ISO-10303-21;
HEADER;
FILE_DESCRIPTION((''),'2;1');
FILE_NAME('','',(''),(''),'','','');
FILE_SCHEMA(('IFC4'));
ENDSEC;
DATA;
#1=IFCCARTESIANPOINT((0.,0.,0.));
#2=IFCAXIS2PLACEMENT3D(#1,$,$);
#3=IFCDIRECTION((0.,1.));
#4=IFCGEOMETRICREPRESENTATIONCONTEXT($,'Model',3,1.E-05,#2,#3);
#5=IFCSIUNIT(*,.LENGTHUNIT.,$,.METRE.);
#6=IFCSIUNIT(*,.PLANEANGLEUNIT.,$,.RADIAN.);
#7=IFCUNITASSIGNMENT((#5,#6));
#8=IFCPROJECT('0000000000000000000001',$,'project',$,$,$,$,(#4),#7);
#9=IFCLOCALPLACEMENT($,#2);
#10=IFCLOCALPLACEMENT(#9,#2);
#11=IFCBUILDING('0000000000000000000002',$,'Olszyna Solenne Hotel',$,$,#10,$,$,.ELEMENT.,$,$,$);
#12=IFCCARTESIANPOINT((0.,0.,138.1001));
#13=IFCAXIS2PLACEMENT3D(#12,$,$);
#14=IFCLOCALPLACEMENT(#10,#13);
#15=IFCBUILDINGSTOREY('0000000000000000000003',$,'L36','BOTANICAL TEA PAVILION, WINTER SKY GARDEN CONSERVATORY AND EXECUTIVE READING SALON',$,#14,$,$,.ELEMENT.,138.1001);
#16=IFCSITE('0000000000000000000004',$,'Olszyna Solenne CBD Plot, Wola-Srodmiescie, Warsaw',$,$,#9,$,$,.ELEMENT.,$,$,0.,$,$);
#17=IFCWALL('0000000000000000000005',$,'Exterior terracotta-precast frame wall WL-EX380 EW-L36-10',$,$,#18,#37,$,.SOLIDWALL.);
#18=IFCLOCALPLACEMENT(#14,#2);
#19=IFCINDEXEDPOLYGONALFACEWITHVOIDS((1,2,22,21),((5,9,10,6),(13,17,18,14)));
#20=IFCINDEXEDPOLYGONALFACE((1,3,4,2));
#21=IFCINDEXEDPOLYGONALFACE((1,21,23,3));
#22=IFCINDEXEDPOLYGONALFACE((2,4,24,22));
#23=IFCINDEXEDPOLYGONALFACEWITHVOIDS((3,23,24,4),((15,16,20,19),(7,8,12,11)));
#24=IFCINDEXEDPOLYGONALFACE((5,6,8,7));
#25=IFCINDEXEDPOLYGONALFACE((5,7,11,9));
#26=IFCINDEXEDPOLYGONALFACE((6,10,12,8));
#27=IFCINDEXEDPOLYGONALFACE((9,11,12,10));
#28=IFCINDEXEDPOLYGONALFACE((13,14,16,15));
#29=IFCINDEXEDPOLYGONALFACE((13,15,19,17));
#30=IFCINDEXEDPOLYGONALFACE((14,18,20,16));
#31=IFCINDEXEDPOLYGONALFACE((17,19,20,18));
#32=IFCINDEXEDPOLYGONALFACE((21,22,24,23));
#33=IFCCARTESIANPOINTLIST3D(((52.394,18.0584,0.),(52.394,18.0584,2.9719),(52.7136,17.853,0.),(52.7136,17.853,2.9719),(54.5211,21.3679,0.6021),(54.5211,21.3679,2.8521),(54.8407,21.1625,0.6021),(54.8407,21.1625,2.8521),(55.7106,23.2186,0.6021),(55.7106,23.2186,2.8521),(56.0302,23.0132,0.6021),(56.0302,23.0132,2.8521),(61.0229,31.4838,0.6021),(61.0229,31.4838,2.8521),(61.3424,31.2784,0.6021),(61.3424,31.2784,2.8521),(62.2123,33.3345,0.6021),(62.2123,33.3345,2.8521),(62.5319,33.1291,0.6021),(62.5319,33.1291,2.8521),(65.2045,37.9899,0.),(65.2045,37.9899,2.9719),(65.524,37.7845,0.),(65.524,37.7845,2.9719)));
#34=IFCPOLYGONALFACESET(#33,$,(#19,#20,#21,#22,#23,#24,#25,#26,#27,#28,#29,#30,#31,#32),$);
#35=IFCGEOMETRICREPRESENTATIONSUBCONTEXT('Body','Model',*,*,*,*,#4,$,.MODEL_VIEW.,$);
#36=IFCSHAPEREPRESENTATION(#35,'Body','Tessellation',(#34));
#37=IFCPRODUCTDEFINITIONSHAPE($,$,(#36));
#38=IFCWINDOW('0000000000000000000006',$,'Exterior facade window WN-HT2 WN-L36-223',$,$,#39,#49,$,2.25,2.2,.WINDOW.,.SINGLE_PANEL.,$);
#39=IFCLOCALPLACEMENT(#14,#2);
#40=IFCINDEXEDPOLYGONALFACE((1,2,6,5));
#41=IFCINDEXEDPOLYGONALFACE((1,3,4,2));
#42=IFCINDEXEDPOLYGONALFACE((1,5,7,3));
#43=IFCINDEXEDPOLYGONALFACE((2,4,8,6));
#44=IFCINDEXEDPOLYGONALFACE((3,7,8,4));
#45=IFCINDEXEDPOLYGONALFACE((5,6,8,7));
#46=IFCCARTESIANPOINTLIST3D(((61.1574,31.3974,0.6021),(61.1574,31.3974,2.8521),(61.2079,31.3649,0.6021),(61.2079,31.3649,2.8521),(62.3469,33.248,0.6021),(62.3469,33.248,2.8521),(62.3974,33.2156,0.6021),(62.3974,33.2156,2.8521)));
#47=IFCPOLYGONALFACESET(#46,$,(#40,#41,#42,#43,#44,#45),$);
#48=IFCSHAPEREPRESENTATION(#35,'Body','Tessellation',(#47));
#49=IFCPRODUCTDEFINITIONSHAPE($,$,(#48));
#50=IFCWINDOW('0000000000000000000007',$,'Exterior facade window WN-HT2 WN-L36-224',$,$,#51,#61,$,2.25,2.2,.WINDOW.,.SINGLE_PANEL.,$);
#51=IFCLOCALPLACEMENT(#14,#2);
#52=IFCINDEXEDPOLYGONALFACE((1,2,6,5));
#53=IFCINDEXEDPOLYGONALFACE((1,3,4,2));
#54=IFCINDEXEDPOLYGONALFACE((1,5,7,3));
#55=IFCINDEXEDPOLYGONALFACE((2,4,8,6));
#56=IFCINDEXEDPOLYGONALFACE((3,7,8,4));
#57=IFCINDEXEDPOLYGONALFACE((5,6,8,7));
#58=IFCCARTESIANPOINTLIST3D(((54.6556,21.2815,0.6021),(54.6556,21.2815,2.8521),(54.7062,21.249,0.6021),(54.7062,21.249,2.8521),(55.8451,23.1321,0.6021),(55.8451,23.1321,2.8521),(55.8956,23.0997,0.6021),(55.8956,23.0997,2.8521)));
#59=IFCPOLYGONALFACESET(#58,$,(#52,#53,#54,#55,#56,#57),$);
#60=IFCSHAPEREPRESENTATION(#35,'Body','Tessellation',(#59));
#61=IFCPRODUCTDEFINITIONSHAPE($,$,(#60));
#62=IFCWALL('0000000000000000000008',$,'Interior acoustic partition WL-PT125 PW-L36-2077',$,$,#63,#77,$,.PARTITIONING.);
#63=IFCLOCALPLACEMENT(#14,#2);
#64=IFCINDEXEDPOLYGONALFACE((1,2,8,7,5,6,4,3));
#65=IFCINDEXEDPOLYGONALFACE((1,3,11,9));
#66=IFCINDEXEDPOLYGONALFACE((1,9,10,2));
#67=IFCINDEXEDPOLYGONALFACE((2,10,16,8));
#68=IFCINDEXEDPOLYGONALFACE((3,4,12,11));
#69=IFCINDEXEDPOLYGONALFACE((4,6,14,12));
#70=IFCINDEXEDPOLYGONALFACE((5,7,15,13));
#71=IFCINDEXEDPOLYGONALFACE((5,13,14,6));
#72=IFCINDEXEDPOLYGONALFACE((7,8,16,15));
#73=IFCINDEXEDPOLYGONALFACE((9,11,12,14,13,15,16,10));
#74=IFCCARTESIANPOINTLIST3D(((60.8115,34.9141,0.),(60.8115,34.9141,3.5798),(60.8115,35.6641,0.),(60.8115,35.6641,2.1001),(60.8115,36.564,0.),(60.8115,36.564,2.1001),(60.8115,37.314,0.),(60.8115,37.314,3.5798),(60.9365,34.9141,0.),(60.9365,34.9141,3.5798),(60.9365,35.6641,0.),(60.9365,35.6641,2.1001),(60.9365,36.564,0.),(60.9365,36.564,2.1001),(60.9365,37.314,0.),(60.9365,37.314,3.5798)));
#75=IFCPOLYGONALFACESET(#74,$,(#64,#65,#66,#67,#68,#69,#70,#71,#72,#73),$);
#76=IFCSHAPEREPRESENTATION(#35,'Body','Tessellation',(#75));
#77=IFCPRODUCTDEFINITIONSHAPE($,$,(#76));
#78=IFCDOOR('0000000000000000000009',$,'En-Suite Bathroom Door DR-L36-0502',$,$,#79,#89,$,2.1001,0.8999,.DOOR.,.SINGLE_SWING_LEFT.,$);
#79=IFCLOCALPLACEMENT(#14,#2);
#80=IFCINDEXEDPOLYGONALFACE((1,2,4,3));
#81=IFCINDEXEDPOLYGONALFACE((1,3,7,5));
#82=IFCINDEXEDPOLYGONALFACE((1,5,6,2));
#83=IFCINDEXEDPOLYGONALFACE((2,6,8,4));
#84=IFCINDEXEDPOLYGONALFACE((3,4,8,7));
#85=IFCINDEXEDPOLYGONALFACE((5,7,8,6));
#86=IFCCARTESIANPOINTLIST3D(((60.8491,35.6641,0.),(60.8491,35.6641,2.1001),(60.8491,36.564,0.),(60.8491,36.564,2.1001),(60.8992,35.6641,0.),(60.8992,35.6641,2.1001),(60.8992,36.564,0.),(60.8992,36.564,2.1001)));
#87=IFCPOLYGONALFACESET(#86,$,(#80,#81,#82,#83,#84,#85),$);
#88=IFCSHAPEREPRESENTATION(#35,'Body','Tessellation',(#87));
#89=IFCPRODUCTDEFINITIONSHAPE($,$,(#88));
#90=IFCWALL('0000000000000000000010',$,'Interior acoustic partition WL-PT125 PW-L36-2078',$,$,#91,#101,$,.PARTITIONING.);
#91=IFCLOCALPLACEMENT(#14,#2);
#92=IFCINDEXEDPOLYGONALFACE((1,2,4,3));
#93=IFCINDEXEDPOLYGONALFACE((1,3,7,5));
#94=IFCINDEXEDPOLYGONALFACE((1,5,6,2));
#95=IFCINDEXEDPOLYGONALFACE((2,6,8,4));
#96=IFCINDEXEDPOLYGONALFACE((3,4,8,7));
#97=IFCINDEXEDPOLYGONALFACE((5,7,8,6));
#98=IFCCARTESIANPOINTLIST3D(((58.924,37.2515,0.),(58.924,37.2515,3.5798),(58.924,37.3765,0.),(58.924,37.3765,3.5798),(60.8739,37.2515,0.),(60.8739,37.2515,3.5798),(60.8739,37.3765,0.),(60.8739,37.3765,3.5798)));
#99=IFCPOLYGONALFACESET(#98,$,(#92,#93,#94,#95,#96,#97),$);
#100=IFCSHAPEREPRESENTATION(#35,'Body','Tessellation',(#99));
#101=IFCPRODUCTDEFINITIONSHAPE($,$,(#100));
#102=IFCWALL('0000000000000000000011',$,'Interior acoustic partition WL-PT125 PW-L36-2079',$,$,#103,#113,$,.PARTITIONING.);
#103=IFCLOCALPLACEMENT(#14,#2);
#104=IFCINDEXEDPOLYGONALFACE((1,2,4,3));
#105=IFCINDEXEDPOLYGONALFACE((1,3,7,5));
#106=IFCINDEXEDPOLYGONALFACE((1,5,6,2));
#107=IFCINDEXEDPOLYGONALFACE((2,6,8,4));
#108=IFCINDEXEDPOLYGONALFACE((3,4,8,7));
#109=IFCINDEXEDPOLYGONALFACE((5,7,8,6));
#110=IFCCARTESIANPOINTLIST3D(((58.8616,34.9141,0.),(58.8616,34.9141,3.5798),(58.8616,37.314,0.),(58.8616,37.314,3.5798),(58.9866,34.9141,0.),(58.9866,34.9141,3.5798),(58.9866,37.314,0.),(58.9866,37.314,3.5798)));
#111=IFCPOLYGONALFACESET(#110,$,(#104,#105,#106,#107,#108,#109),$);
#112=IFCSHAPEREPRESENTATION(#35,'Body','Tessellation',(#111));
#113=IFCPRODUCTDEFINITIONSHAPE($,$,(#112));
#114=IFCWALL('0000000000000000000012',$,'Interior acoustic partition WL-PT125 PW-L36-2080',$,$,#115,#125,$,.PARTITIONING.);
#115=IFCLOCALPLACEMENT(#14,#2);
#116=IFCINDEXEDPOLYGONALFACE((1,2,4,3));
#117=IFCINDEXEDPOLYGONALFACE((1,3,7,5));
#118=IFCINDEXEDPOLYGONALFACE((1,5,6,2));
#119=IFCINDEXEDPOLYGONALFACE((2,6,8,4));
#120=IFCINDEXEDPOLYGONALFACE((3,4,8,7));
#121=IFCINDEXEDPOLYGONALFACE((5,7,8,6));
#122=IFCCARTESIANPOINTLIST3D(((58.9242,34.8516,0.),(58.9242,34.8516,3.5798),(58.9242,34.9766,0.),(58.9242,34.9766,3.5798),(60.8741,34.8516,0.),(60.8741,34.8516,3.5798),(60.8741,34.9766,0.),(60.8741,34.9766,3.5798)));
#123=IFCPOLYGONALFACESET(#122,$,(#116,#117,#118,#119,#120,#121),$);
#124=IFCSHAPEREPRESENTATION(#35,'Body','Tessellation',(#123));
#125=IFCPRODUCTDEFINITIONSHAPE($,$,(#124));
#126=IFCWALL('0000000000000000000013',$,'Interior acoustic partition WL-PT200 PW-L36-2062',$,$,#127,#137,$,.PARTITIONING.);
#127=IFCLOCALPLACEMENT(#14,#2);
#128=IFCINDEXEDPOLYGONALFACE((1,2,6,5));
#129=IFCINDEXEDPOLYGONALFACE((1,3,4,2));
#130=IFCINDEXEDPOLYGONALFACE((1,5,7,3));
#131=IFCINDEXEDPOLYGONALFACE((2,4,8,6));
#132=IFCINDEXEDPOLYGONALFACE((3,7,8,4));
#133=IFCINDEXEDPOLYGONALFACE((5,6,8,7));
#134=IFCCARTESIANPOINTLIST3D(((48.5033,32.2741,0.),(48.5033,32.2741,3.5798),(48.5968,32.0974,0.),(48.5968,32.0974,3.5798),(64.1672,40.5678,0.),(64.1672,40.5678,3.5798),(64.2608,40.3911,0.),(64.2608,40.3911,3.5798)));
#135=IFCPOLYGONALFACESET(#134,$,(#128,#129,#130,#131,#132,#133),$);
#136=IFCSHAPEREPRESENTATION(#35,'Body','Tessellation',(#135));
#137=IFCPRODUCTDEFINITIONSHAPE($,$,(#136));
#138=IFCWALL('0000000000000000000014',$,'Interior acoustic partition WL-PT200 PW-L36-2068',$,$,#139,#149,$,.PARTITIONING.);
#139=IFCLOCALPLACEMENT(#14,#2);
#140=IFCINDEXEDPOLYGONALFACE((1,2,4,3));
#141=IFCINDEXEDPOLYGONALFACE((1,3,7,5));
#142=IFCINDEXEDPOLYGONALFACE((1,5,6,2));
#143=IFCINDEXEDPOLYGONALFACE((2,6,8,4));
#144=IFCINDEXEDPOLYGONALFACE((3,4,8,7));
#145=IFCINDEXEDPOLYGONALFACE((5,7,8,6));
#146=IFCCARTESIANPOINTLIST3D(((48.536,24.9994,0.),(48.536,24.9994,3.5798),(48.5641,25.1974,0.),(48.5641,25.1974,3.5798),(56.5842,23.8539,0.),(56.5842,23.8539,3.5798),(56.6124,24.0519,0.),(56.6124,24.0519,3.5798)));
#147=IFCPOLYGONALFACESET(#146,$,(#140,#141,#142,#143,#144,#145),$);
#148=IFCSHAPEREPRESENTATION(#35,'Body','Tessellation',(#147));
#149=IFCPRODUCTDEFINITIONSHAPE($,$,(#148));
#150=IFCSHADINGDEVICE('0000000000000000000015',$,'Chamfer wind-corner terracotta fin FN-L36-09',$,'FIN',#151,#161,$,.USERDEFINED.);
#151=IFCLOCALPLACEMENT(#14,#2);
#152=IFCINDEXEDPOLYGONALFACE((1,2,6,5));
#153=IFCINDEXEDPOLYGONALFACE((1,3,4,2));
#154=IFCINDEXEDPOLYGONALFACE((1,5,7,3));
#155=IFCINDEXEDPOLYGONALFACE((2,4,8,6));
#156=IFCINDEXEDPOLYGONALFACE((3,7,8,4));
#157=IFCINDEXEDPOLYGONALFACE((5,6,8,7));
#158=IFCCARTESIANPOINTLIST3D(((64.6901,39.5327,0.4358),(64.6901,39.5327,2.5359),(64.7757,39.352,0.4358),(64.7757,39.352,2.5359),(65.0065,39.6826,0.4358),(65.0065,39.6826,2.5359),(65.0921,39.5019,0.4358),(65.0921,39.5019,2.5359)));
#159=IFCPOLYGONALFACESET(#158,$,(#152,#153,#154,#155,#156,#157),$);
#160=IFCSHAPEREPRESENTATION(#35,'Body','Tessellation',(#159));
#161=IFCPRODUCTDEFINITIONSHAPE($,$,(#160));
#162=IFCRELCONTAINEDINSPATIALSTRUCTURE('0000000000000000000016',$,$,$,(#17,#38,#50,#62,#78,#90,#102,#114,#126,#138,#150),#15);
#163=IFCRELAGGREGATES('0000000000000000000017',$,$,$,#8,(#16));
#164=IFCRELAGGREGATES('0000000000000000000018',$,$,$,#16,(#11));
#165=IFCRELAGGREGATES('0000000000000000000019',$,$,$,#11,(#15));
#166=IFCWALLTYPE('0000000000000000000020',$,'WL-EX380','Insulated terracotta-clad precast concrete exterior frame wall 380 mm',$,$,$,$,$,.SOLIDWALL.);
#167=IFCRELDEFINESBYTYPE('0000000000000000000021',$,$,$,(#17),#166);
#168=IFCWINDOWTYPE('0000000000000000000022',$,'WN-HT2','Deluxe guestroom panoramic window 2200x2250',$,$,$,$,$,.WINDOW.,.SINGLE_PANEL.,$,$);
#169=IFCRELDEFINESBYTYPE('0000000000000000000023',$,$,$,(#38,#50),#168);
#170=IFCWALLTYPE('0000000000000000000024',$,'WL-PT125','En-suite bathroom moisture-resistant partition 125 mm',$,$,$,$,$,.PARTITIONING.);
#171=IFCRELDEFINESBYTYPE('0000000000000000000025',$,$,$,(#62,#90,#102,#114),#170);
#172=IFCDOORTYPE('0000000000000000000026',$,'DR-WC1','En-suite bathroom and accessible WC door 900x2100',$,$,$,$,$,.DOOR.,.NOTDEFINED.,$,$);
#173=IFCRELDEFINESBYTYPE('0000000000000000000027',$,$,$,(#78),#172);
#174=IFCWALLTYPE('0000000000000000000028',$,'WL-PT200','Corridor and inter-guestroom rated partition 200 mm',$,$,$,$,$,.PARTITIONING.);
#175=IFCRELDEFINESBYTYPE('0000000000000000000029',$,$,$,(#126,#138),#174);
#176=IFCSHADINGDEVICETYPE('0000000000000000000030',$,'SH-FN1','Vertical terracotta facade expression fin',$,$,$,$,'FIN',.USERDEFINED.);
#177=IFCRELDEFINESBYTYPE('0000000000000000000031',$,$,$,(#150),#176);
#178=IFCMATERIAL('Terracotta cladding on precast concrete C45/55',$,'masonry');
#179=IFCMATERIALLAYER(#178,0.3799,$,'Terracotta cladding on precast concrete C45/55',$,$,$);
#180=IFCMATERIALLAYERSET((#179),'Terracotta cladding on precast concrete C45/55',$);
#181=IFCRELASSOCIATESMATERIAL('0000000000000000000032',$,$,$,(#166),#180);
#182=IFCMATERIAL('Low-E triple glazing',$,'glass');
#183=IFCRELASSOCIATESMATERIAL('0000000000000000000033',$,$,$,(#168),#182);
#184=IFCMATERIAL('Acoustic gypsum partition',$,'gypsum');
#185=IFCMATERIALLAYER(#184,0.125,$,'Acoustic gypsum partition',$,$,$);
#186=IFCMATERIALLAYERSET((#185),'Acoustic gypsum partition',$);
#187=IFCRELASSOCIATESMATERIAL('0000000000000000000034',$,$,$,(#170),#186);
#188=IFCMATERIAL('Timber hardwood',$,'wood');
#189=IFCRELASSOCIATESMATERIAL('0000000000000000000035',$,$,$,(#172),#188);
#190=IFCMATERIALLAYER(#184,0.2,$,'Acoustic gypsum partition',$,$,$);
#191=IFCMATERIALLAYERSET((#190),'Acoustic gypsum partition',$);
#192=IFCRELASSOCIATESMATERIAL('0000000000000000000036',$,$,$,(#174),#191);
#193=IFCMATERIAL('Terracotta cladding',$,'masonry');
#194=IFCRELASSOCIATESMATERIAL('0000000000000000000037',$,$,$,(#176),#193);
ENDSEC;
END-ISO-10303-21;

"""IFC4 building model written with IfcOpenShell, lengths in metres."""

from ifc_helpers import new_model, si_unit, direction, frame, frame_2d, origin, origin_2d, place, context, subcontext, project, spatial, rectangle, extrude, source, transform, mapped, material, layer, layer_set, type_object, type_shapes, element, fill, save


model = new_model("IFC4")

# Units and contexts
model_context = context("Model", 3, precision=1e-05, world=origin(), true_north=direction((0.0, 1.0)))
body_context = subcontext(model_context, "Body", "Model", "MODEL_VIEW")
ifc_project = project(units=[si_unit("LENGTHUNIT", "METRE"), si_unit("PLANEANGLEUNIT", "RADIAN")], contexts=[model_context])

# Site, building, storey
site_placement = place(None, origin())
site = spatial("IfcSite", under=ifc_project, at=site_placement, Name="Olszyna Solenne CBD Plot, Wola-Srodmiescie, Warsaw", CompositionType="ELEMENT", RefElevation=0.0)
building_placement = place(site_placement, origin())
building = spatial("IfcBuilding", under=site, at=building_placement, Name="Olszyna Solenne Hotel", CompositionType="ELEMENT")
storey_placement = place(building_placement, frame((0.0, 0.0, 138.1001)))
storey = spatial("IfcBuildingStorey", under=building, at=storey_placement, Name="L36", Description="BOTANICAL TEA PAVILION, WINTER SKY GARDEN CONSERVATORY AND EXECUTIVE READING SALON", CompositionType="ELEMENT", Elevation=138.1001)

# Shared definitions
ifc_material_1 = material(Name="Timber hardwood", Category="wood")

# Shared definitions
ifc_material_2 = material(Name="Terracotta cladding on precast concrete C45/55", Category="masonry")
ifc_layer_1 = layer(ifc_material_2, 0.3799, Name="Terracotta cladding on precast concrete C45/55")
ifc_layer_set_1 = layer_set([ifc_layer_1], Name="Terracotta cladding on precast concrete C45/55")
wall_type_1 = type_object("IfcWallType", Name="WL-EX380", Description="Insulated terracotta-clad precast concrete exterior frame wall 380 mm", PredefinedType="SOLIDWALL", material=ifc_layer_set_1)

# Wall, openings, windows
wall_1_placement = place(storey_placement, frame((65.3643, 37.8872, 0.0), z_axis=(0.0, 0.0, 1.0), x_axis=(-0.540678, -0.841229, 0.0)))
wall_1 = element("IfcWall", 1, at=wall_1_placement, inside=storey, type_object=wall_type_1, Name="Exterior terracotta-precast frame wall WL-EX380 EW-L36-10", PredefinedType="SOLIDWALL", context=body_context, shape_type="SweptSolid", body=[
    extrude(rectangle(XDim=23.6934, YDim=0.3799, at=frame_2d((11.8467, 0.0))), origin(), (0.0, 0.0, 1.0), 2.9719),
])
opening_1_placement = place(wall_1_placement, frame((5.5339, 0.0, 0.6021)))
opening_1 = element("IfcOpeningElement", 2, at=opening_1_placement, cuts=wall_1, PredefinedType="OPENING", context=body_context, shape_type="SweptSolid", body=[
    extrude(rectangle(XDim=2.2, YDim=2.25, at=frame_2d((1.1001, 1.125))), frame((0.0, 0.2, 0.0), z_axis=(0.0, -1.0, 0.0), x_axis=(1.0, 0.0, 0.0)), (0.0, 0.0, 1.0), 0.3999),
])
opening_2_placement = place(wall_1_placement, frame((17.5591, 0.0, 0.6021)))
opening_2 = element("IfcOpeningElement", 3, at=opening_2_placement, cuts=wall_1, PredefinedType="OPENING", context=body_context, shape_type="SweptSolid", body=[
    extrude(rectangle(XDim=2.2, YDim=2.25, at=frame_2d((1.1001, 1.125))), frame((0.0, 0.2, 0.0), z_axis=(0.0, -1.0, 0.0), x_axis=(1.0, 0.0, 0.0)), (0.0, 0.0, 1.0), 0.3999),
])
ifc_material_3 = material(Name="Low-E triple glazing", Category="glass")
window_type = type_object("IfcWindowType", Name="WN-HT2", Description="Deluxe guestroom panoramic window 2200x2250", PartitioningType="SINGLE_PANEL", PredefinedType="WINDOW", material=ifc_material_3)
shared_shape_1 = source(origin(), body_context, "Body", "SweptSolid", [
    extrude(rectangle(XDim=2.2, YDim=2.25, at=frame_2d((1.1001, 1.125))), frame((0.0, 0.03, 0.0), z_axis=(0.0, -1.0, 0.0), x_axis=(1.0, 0.0, 0.0)), (0.0, 0.0, 1.0), 0.0601),
])
type_shapes(window_type, [shared_shape_1])
window_1_placement = place(opening_1_placement, origin())
window_1 = element("IfcWindow", 4, at=window_1_placement, inside=storey, type_object=window_type, Name="Exterior facade window WN-HT2 WN-L36-223", OverallHeight=2.25, OverallWidth=2.2, PartitioningType="SINGLE_PANEL", PredefinedType="WINDOW", context=body_context, shape_type="MappedRepresentation", body=[
    mapped(shared_shape_1, transform((0.0, 0.0, 0.0), x_axis=(1.0, 0.0, 0.0), y_axis=(0.0, 1.0, 0.0), z_axis=(0.0, 0.0, 1.0), scale=1.0)),
])
fill(opening_1, window_1)
window_2_placement = place(opening_2_placement, origin())
window_2 = element("IfcWindow", 5, at=window_2_placement, inside=storey, type_object=window_type, Name="Exterior facade window WN-HT2 WN-L36-224", OverallHeight=2.25, OverallWidth=2.2, PartitioningType="SINGLE_PANEL", PredefinedType="WINDOW", context=body_context, shape_type="MappedRepresentation", body=[
    mapped(shared_shape_1, transform((0.0, 0.0, 0.0), x_axis=(1.0, 0.0, 0.0), y_axis=(0.0, 1.0, 0.0), z_axis=(0.0, 0.0, 1.0), scale=1.0)),
])
fill(opening_2, window_2)

# Wall, opening, door
ifc_material_4 = material(Name="Acoustic gypsum partition", Category="gypsum")
ifc_layer_2 = layer(ifc_material_4, 0.125, Name="Acoustic gypsum partition")
ifc_layer_set_2 = layer_set([ifc_layer_2], Name="Acoustic gypsum partition")
wall_type_2 = type_object("IfcWallType", Name="WL-PT125", Description="En-suite bathroom moisture-resistant partition 125 mm", PredefinedType="PARTITIONING", material=ifc_layer_set_2)
wall_2_placement = place(storey_placement, frame((60.874, 34.9141, 0.0), z_axis=(0.0, 0.0, 1.0), x_axis=(0.0, 1.0, 0.0)))
wall_2 = element("IfcWall", 6, at=wall_2_placement, inside=storey, type_object=wall_type_2, Name="Interior acoustic partition WL-PT125 PW-L36-2077", PredefinedType="PARTITIONING", context=body_context, shape_type="SweptSolid", body=[
    extrude(rectangle(XDim=2.3999, YDim=0.125, at=frame_2d((1.2, 0.0))), origin(), (0.0, 0.0, 1.0), 3.5798),
])
opening_3_placement = place(wall_2_placement, frame((0.75, 0.0, 0.0)))
opening_3 = element("IfcOpeningElement", 7, at=opening_3_placement, cuts=wall_2, PredefinedType="OPENING", context=body_context, shape_type="SweptSolid", body=[
    extrude(rectangle(XDim=0.8999, YDim=2.1001, at=frame_2d((0.45, 1.05))), frame((0.0, 0.0725, 0.0), z_axis=(0.0, -1.0, 0.0), x_axis=(1.0, 0.0, 0.0)), (0.0, 0.0, 1.0), 0.145),
])
door_type_1 = type_object("IfcDoorType", Name="DR-WC1", Description="En-suite bathroom and accessible WC door 900x2100", OperationType="NOTDEFINED", PredefinedType="DOOR", material=ifc_material_1)
shared_shape_2 = source(origin(), body_context, "Body", "SweptSolid", [
    extrude(rectangle(XDim=0.8999, YDim=2.1001, at=frame_2d((0.45, 1.05))), frame((0.0, 0.0249, 0.0), z_axis=(0.0, -1.0, 0.0), x_axis=(1.0, 0.0, 0.0)), (0.0, 0.0, 1.0), 0.05),
])
type_shapes(door_type_1, [shared_shape_2])
door_1_placement = place(opening_3_placement, origin())
door_1 = element("IfcDoor", 8, at=door_1_placement, inside=storey, type_object=door_type_1, Name="En-Suite Bathroom Door DR-L36-0502", OperationType="SINGLE_SWING_LEFT", OverallHeight=2.1001, OverallWidth=0.8999, PredefinedType="DOOR", context=body_context, shape_type="MappedRepresentation", body=[
    mapped(shared_shape_2, transform((0.0, 0.0, 0.0), x_axis=(1.0, 0.0, 0.0), y_axis=(0.0, 1.0, 0.0), z_axis=(0.0, 0.0, 1.0), scale=1.0)),
])
fill(opening_3, door_1)

# Walls
wall_3_placement = place(storey_placement, frame((60.874, 37.314, 0.0), z_axis=(0.0, 0.0, 1.0), x_axis=(-1.0, 0.0, 0.0)))
element("IfcWall", 9, at=wall_3_placement, inside=storey, type_object=wall_type_2, Name="Interior acoustic partition WL-PT125 PW-L36-2078", PredefinedType="PARTITIONING", context=body_context, shape_type="SweptSolid", body=[
    extrude(rectangle(XDim=1.95, YDim=0.125, at=frame_2d((0.9751, 0.0))), origin(), (0.0, 0.0, 1.0), 3.5798),
])
wall_4_placement = place(storey_placement, frame((58.9241, 37.314, 0.0), z_axis=(0.0, 0.0, 1.0), x_axis=(0.0, -1.0, 0.0)))
element("IfcWall", 10, at=wall_4_placement, inside=storey, type_object=wall_type_2, Name="Interior acoustic partition WL-PT125 PW-L36-2079", PredefinedType="PARTITIONING", context=body_context, shape_type="SweptSolid", body=[
    extrude(rectangle(XDim=2.3999, YDim=0.125, at=frame_2d((1.2, 0.0))), origin(), (0.0, 0.0, 1.0), 3.5798),
])
wall_5_placement = place(storey_placement, frame((58.9241, 34.9141, 0.0), z_axis=(0.0, 0.0, 1.0), x_axis=(1.0, 0.0, 0.0)))
element("IfcWall", 11, at=wall_5_placement, inside=storey, type_object=wall_type_2, Name="Interior acoustic partition WL-PT125 PW-L36-2080", PredefinedType="PARTITIONING", context=body_context, shape_type="SweptSolid", body=[
    extrude(rectangle(XDim=1.95, YDim=0.125, at=frame_2d((0.9751, 0.0))), origin(), (0.0, 0.0, 1.0), 3.5798),
])
ifc_layer_3 = layer(ifc_material_4, 0.2, Name="Acoustic gypsum partition")
ifc_layer_set_3 = layer_set([ifc_layer_3], Name="Acoustic gypsum partition")
wall_type_3 = type_object("IfcWallType", Name="WL-PT200", Description="Corridor and inter-guestroom rated partition 200 mm", PredefinedType="PARTITIONING", material=ifc_layer_set_3)
wall_6_placement = place(storey_placement, frame((48.55, 32.1858, 0.0), z_axis=(0.0, 0.0, 1.0), x_axis=(0.883765, 0.46793, 0.0)))
element("IfcWall", 12, at=wall_6_placement, inside=storey, type_object=wall_type_3, Name="Interior acoustic partition WL-PT200 PW-L36-2062", PredefinedType="PARTITIONING", context=body_context, shape_type="SweptSolid", body=[
    extrude(rectangle(XDim=17.7241, YDim=0.2, at=frame_2d((8.8621, 0.0))), origin(), (0.0, 0.0, 1.0), 3.5798),
])
wall_7_placement = place(storey_placement, frame((48.55, 25.0984, 0.0), z_axis=(0.0, 0.0, 1.0), x_axis=(0.990023, -0.140908, 0.0)))
element("IfcWall", 13, at=wall_7_placement, inside=storey, type_object=wall_type_3, Name="Interior acoustic partition WL-PT200 PW-L36-2068", PredefinedType="PARTITIONING", context=body_context, shape_type="SweptSolid", body=[
    extrude(rectangle(XDim=8.1294, YDim=0.2, at=frame_2d((4.0647, 0.0))), origin(), (0.0, 0.0, 1.0), 3.5798),
])

# Shading device
ifc_material_5 = material(Name="Terracotta cladding", Category="masonry")
shading_device_type = type_object("IfcShadingDeviceType", Name="SH-FN1", Description="Vertical terracotta facade expression fin", ElementType="FIN", PredefinedType="USERDEFINED", material=ifc_material_5)
shared_shape_3 = source(origin(), body_context, "Body", "SweptSolid", [
    extrude(rectangle(XDim=0.2, YDim=0.3501, at=origin_2d()), origin(), (0.0, 0.0, 1.0), 2.1001),
])
shading_device_placement = place(storey_placement, frame((64.8911, 39.5173, 0.4358), z_axis=(0.0, 0.0, 1.0), x_axis=(0.428147, -0.903709, 0.0)))
element("IfcShadingDevice", 14, at=shading_device_placement, inside=storey, type_object=shading_device_type, Name="Chamfer wind-corner terracotta fin FN-L36-09", ObjectType="FIN", PredefinedType="USERDEFINED", context=body_context, shape_type="MappedRepresentation", body=[
    mapped(shared_shape_3, transform((0.0, 0.0, 0.0), x_axis=(1.0, 0.0, 0.0), y_axis=(0.0, 1.0, 0.0), z_axis=(0.0, 0.0, 1.0), scale=1.0)),
])

save(model, "model.ifc")
